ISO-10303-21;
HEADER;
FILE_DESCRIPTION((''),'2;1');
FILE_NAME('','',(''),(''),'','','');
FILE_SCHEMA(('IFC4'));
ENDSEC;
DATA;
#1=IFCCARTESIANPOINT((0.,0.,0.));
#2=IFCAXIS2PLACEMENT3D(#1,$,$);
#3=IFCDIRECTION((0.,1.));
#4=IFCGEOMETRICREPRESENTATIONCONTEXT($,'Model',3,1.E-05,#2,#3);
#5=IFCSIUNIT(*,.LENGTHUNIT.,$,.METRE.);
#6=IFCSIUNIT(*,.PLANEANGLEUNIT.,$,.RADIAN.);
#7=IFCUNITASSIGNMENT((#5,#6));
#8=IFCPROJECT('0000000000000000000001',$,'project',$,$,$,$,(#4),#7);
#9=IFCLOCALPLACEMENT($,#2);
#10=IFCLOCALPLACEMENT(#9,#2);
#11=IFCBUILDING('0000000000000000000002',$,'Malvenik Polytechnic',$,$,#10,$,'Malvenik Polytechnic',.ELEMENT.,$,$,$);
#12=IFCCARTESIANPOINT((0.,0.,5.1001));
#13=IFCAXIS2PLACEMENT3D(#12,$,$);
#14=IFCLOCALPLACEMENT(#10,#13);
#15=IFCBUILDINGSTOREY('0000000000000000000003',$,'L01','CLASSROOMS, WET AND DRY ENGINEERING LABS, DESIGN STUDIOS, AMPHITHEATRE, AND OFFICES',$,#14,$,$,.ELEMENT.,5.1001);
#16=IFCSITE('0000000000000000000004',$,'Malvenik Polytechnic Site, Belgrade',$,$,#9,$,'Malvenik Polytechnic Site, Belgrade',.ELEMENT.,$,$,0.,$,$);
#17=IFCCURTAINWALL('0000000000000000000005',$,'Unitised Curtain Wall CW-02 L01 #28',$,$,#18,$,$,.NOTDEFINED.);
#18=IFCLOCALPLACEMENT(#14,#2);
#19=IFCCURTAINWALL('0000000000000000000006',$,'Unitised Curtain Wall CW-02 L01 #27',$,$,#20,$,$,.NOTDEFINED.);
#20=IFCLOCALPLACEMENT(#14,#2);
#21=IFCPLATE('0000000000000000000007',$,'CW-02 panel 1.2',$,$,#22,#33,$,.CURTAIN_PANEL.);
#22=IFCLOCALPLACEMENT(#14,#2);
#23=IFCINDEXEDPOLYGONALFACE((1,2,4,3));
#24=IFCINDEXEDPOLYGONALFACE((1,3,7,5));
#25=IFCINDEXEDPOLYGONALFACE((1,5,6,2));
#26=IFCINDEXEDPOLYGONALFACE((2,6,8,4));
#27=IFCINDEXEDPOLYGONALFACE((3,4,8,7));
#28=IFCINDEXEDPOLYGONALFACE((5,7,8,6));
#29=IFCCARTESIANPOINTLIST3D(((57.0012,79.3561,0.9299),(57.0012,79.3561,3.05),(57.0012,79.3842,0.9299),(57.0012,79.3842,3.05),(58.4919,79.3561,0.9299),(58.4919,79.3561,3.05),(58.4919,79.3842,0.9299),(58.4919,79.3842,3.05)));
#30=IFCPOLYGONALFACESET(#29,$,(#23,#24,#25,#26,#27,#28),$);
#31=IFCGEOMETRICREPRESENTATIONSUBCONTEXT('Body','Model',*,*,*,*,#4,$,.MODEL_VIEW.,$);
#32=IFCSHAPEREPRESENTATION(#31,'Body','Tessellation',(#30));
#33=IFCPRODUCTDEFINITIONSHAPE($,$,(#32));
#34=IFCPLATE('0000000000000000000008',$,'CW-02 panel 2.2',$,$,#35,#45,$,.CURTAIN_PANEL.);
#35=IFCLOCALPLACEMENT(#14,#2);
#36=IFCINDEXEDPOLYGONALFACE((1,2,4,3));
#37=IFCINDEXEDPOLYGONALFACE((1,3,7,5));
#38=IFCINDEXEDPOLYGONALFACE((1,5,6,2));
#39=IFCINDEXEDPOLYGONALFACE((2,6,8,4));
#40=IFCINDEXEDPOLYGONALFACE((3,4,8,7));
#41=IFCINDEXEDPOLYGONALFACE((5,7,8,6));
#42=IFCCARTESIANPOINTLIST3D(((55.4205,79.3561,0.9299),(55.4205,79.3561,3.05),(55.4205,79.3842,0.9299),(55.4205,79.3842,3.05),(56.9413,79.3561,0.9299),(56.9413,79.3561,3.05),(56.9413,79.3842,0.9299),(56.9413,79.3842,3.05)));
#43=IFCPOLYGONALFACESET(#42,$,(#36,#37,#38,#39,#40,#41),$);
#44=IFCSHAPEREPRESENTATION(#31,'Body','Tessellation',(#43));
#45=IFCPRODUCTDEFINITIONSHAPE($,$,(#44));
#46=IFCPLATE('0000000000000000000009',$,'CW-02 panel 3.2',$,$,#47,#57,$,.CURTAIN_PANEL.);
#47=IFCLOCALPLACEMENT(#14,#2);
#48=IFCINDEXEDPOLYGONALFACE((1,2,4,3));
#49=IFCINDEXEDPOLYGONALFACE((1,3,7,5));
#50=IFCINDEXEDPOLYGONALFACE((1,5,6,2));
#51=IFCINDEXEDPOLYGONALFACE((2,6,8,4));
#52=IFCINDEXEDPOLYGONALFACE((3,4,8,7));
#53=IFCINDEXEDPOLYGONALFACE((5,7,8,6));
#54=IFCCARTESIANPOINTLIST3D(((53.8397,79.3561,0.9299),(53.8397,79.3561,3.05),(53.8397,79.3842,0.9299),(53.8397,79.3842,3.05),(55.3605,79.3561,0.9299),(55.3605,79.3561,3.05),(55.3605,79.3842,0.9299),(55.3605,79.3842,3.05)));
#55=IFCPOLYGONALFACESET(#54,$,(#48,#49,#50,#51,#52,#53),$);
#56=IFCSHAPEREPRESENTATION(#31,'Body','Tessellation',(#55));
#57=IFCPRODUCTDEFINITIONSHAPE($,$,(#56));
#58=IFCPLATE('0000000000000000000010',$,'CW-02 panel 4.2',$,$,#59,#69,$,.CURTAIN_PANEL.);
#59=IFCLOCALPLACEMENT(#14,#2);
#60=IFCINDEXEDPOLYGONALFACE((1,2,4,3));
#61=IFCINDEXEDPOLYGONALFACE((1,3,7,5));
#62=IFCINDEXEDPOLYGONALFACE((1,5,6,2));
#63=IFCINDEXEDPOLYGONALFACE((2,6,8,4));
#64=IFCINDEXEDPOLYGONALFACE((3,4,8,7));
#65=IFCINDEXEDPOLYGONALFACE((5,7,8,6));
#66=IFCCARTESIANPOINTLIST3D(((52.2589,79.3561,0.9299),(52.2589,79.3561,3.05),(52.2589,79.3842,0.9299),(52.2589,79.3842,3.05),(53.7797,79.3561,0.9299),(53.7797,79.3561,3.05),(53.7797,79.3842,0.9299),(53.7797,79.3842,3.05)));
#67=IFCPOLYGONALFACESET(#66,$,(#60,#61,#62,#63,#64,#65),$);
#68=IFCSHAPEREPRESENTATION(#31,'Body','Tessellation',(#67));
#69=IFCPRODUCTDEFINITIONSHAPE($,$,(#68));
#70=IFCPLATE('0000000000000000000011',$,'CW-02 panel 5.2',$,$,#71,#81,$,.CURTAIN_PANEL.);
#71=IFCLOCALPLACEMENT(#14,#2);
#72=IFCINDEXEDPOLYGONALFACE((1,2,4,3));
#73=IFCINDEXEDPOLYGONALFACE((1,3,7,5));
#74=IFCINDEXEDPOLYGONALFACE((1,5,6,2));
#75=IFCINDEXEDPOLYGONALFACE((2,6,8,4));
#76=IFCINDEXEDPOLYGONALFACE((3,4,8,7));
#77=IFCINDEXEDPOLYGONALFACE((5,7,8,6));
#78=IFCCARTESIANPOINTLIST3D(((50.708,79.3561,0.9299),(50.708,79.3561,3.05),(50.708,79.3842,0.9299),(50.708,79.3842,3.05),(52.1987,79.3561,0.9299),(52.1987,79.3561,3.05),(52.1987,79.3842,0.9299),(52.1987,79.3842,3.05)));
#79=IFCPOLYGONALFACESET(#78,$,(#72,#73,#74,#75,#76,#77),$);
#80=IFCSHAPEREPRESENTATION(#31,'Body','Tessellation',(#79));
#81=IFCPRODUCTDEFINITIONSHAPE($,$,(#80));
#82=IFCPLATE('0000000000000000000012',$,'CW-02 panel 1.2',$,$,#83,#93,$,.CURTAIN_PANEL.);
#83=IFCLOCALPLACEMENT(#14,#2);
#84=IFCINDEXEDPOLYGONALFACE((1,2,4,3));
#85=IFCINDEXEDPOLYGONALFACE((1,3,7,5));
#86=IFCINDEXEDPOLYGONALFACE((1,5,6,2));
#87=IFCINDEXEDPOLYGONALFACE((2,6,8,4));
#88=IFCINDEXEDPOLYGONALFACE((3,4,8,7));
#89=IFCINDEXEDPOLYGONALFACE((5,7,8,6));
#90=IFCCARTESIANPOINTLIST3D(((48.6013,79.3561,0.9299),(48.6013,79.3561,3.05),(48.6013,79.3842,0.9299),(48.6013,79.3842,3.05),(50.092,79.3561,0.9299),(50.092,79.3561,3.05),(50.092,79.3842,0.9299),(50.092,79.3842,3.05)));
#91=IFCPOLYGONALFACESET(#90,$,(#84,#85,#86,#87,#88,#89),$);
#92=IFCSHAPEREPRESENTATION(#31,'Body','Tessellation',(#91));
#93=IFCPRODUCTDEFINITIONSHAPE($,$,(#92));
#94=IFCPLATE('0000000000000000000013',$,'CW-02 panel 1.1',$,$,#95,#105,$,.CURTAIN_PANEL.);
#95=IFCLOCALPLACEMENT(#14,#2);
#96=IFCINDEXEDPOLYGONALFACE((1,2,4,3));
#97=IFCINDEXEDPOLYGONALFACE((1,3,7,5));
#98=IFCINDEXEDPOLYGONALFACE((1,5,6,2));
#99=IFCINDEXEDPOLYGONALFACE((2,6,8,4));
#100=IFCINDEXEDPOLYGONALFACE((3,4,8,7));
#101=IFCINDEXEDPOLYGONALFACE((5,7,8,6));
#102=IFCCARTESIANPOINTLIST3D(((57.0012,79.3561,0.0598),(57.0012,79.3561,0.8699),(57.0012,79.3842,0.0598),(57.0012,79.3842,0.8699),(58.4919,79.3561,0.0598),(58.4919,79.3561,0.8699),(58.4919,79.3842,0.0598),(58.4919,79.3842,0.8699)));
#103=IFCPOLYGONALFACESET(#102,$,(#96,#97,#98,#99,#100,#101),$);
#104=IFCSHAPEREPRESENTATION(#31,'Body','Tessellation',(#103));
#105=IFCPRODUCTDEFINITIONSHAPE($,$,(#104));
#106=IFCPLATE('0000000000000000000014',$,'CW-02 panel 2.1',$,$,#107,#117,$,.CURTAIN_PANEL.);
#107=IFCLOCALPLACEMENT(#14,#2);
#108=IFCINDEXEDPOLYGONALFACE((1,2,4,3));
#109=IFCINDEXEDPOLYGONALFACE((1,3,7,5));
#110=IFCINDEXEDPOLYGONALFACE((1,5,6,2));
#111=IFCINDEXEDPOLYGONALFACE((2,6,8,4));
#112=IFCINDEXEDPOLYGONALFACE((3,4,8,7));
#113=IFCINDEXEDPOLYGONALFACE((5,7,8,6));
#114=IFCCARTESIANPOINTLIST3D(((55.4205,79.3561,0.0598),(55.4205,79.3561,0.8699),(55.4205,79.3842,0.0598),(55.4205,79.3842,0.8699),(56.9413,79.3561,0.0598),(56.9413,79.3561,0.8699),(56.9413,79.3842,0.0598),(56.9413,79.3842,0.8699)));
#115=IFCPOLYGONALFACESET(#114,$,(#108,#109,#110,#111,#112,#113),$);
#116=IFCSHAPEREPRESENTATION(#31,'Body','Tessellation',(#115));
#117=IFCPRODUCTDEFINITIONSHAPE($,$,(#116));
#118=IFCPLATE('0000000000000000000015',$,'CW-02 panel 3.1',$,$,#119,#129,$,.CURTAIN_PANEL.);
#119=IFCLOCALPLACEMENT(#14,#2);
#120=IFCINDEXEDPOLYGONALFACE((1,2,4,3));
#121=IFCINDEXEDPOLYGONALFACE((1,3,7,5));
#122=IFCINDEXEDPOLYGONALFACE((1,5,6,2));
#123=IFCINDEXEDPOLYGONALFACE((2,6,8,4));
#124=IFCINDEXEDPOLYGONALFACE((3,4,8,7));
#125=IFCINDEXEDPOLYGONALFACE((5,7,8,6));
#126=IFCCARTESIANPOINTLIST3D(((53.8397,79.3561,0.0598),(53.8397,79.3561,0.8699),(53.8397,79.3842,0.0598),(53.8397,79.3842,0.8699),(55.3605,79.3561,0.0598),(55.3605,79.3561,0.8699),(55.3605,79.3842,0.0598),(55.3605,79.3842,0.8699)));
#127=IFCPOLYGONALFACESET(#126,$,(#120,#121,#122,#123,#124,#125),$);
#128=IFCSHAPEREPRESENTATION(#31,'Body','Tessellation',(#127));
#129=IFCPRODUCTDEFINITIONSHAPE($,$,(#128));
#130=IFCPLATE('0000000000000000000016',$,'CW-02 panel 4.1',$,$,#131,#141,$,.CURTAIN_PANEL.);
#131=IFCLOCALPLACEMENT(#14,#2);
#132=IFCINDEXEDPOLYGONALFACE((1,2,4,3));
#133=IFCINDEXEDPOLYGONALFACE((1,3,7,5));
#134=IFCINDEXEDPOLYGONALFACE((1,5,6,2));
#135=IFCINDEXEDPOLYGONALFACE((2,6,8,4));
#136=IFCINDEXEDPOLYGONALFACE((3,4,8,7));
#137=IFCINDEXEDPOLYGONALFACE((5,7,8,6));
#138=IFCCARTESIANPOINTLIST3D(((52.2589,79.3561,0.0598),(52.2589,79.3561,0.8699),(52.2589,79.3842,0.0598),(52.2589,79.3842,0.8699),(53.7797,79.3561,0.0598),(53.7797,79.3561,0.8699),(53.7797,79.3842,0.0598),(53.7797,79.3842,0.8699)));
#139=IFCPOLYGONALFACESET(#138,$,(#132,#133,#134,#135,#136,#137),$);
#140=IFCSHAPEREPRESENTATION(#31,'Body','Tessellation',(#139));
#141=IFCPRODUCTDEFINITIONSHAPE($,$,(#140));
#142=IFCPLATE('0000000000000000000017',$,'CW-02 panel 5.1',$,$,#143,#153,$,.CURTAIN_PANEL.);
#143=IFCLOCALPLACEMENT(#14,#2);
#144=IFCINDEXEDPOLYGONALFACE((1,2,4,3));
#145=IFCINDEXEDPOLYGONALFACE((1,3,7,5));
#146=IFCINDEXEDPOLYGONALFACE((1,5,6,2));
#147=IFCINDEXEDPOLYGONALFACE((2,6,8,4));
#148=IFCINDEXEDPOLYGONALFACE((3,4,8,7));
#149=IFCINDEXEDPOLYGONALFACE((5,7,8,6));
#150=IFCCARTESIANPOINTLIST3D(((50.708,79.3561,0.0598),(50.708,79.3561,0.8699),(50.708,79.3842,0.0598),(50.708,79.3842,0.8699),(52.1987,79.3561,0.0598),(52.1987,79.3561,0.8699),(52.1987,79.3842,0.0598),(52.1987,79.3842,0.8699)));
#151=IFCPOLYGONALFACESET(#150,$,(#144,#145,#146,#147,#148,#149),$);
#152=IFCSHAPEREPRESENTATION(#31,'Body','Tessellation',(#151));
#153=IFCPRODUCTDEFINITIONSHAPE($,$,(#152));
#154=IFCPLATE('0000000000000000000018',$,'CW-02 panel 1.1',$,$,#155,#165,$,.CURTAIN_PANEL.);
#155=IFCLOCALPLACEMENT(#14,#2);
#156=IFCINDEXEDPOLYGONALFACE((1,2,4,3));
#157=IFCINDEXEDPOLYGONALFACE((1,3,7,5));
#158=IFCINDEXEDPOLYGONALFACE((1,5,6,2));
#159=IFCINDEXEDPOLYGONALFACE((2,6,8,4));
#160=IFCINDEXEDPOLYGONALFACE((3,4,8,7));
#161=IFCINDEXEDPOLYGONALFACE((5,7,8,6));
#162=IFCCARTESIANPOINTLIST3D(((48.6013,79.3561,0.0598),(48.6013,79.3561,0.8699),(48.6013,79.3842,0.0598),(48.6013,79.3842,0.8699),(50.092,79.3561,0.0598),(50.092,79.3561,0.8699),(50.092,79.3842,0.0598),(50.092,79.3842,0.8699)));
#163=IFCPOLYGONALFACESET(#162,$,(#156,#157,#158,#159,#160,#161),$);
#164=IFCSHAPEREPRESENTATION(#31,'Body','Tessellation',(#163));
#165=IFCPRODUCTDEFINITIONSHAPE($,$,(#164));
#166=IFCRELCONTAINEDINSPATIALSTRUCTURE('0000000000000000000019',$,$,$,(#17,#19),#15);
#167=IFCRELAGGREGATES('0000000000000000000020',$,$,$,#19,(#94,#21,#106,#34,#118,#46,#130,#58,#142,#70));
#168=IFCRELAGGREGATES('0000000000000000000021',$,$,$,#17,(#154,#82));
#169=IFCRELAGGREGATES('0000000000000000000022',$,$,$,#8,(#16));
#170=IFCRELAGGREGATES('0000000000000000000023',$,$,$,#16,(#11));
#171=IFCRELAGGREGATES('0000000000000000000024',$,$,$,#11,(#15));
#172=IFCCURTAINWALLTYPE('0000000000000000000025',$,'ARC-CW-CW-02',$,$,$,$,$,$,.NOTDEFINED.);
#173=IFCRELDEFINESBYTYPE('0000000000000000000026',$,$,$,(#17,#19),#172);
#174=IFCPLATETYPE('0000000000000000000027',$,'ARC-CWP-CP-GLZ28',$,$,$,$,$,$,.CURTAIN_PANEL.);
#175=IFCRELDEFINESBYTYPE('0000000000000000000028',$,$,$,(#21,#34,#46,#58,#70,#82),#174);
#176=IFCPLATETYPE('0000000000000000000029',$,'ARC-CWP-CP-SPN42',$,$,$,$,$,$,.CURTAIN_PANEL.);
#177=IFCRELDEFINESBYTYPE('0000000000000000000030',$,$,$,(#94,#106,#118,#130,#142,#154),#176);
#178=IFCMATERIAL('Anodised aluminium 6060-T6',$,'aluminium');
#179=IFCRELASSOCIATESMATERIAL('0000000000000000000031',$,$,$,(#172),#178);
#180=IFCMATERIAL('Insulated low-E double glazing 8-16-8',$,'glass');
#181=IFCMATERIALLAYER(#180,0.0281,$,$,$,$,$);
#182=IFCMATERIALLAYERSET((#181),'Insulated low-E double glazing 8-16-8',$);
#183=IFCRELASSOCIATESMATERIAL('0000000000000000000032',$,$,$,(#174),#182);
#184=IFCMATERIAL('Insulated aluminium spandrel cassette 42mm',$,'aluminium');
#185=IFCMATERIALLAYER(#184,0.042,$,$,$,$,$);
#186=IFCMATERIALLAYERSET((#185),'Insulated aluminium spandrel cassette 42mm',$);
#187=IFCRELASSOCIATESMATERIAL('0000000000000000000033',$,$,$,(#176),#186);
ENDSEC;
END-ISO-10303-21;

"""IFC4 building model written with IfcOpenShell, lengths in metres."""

from ifc_helpers import new_model, si_unit, direction, frame, origin, origin_2d, place, context, subcontext, project, spatial, rectangle, extrude, material, layer, layer_set, type_object, element, aggregate, save


model = new_model("IFC4")

# Units and contexts
model_context = context("Model", 3, precision=1e-05, world=origin(), true_north=direction((0.0, 1.0)))
body_context = subcontext(model_context, "Body", "Model", "MODEL_VIEW")
ifc_project = project(units=[si_unit("LENGTHUNIT", "METRE"), si_unit("PLANEANGLEUNIT", "RADIAN")], contexts=[model_context])

# Site, building, storey
site_placement = place(None, origin())
site = spatial("IfcSite", under=ifc_project, at=site_placement, Name="Malvenik Polytechnic Site, Belgrade", LongName="Malvenik Polytechnic Site, Belgrade", CompositionType="ELEMENT", RefElevation=0.0)
building_placement = place(site_placement, origin())
building = spatial("IfcBuilding", under=site, at=building_placement, Name="Malvenik Polytechnic", LongName="Malvenik Polytechnic", CompositionType="ELEMENT")
storey_placement = place(building_placement, frame((0.0, 0.0, 5.1001)))
storey = spatial("IfcBuildingStorey", under=building, at=storey_placement, Name="L01", Description="CLASSROOMS, WET AND DRY ENGINEERING LABS, DESIGN STUDIOS, AMPHITHEATRE, AND OFFICES", CompositionType="ELEMENT", Elevation=5.1001)

# Curtain wall
ifc_material_1 = material(Name="Anodised aluminium 6060-T6", Category="aluminium")
curtain_wall_type = type_object("IfcCurtainWallType", Name="ARC-CW-CW-02", PredefinedType="NOTDEFINED", material=ifc_material_1)
curtain_wall_1_placement = place(storey_placement, origin())
curtain_wall_1 = element("IfcCurtainWall", 1, at=curtain_wall_1_placement, inside=storey, type_object=curtain_wall_type, Name="Unitised Curtain Wall CW-02 L01 #28", PredefinedType="NOTDEFINED")

# Curtain wall
curtain_wall_2_placement = place(storey_placement, origin())
curtain_wall_2 = element("IfcCurtainWall", 2, at=curtain_wall_2_placement, inside=storey, type_object=curtain_wall_type, Name="Unitised Curtain Wall CW-02 L01 #27", PredefinedType="NOTDEFINED")

# Plates
ifc_material_2 = material(Name="Insulated low-E double glazing 8-16-8", Category="glass")
ifc_layer_1 = layer(ifc_material_2, 0.0281)
ifc_layer_set_1 = layer_set([ifc_layer_1], Name="Insulated low-E double glazing 8-16-8")
plate_type_1 = type_object("IfcPlateType", Name="ARC-CWP-CP-GLZ28", PredefinedType="CURTAIN_PANEL", material=ifc_layer_set_1)
plate_1_placement = place(storey_placement, frame((57.7466, 79.3701, 0.9299), z_axis=(0.0, 0.0, 1.0), x_axis=(-1.0, 0.0, 0.0)))
plate_1 = element("IfcPlate", 3, at=plate_1_placement, type_object=plate_type_1, Name="CW-02 panel 1.2", PredefinedType="CURTAIN_PANEL", context=body_context, shape_type="SweptSolid", body=[
    extrude(rectangle(XDim=1.4907, YDim=0.0281, at=origin_2d()), origin(), (0.0, 0.0, 1.0), 2.1201),
])
plate_2_placement = place(storey_placement, frame((56.1809, 79.3701, 0.9299), z_axis=(0.0, 0.0, 1.0), x_axis=(-1.0, 0.0, 0.0)))
plate_2 = element("IfcPlate", 4, at=plate_2_placement, type_object=plate_type_1, Name="CW-02 panel 2.2", PredefinedType="CURTAIN_PANEL", context=body_context, shape_type="SweptSolid", body=[
    extrude(rectangle(XDim=1.5208, YDim=0.0281, at=origin_2d()), origin(), (0.0, 0.0, 1.0), 2.1201),
])
plate_3_placement = place(storey_placement, frame((54.6001, 79.3701, 0.9299), z_axis=(0.0, 0.0, 1.0), x_axis=(-1.0, 0.0, 0.0)))
plate_3 = element("IfcPlate", 5, at=plate_3_placement, type_object=plate_type_1, Name="CW-02 panel 3.2", PredefinedType="CURTAIN_PANEL", context=body_context, shape_type="SweptSolid", body=[
    extrude(rectangle(XDim=1.5208, YDim=0.0281, at=origin_2d()), origin(), (0.0, 0.0, 1.0), 2.1201),
])
plate_4_placement = place(storey_placement, frame((53.0193, 79.3701, 0.9299), z_axis=(0.0, 0.0, 1.0), x_axis=(-1.0, 0.0, 0.0)))
plate_4 = element("IfcPlate", 6, at=plate_4_placement, type_object=plate_type_1, Name="CW-02 panel 4.2", PredefinedType="CURTAIN_PANEL", context=body_context, shape_type="SweptSolid", body=[
    extrude(rectangle(XDim=1.5208, YDim=0.0281, at=origin_2d()), origin(), (0.0, 0.0, 1.0), 2.1201),
])
plate_5_placement = place(storey_placement, frame((51.4534, 79.3701, 0.9299), z_axis=(0.0, 0.0, 1.0), x_axis=(-1.0, 0.0, 0.0)))
plate_5 = element("IfcPlate", 7, at=plate_5_placement, type_object=plate_type_1, Name="CW-02 panel 5.2", PredefinedType="CURTAIN_PANEL", context=body_context, shape_type="SweptSolid", body=[
    extrude(rectangle(XDim=1.4907, YDim=0.0281, at=origin_2d()), origin(), (0.0, 0.0, 1.0), 2.1201),
])
plate_6_placement = place(storey_placement, frame((49.3467, 79.3701, 0.9299), z_axis=(0.0, 0.0, 1.0), x_axis=(-1.0, 0.0, 0.0)))
plate_6 = element("IfcPlate", 8, at=plate_6_placement, type_object=plate_type_1, Name="CW-02 panel 1.2", PredefinedType="CURTAIN_PANEL", context=body_context, shape_type="SweptSolid", body=[
    extrude(rectangle(XDim=1.4907, YDim=0.0281, at=origin_2d()), origin(), (0.0, 0.0, 1.0), 2.1201),
])
ifc_material_3 = material(Name="Insulated aluminium spandrel cassette 42mm", Category="aluminium")
ifc_layer_2 = layer(ifc_material_3, 0.042)
ifc_layer_set_2 = layer_set([ifc_layer_2], Name="Insulated aluminium spandrel cassette 42mm")
plate_type_2 = type_object("IfcPlateType", Name="ARC-CWP-CP-SPN42", PredefinedType="CURTAIN_PANEL", material=ifc_layer_set_2)
plate_7_placement = place(storey_placement, frame((57.7466, 79.3701, 0.0598), z_axis=(0.0, 0.0, 1.0), x_axis=(-1.0, 0.0, 0.0)))
plate_7 = element("IfcPlate", 9, at=plate_7_placement, type_object=plate_type_2, Name="CW-02 panel 1.1", PredefinedType="CURTAIN_PANEL", context=body_context, shape_type="SweptSolid", body=[
    extrude(rectangle(XDim=1.4907, YDim=0.0281, at=origin_2d()), origin(), (0.0, 0.0, 1.0), 0.8101),
])
plate_8_placement = place(storey_placement, frame((56.1809, 79.3701, 0.0598), z_axis=(0.0, 0.0, 1.0), x_axis=(-1.0, 0.0, 0.0)))
plate_8 = element("IfcPlate", 10, at=plate_8_placement, type_object=plate_type_2, Name="CW-02 panel 2.1", PredefinedType="CURTAIN_PANEL", context=body_context, shape_type="SweptSolid", body=[
    extrude(rectangle(XDim=1.5208, YDim=0.0281, at=origin_2d()), origin(), (0.0, 0.0, 1.0), 0.8101),
])
plate_9_placement = place(storey_placement, frame((54.6001, 79.3701, 0.0598), z_axis=(0.0, 0.0, 1.0), x_axis=(-1.0, 0.0, 0.0)))
plate_9 = element("IfcPlate", 11, at=plate_9_placement, type_object=plate_type_2, Name="CW-02 panel 3.1", PredefinedType="CURTAIN_PANEL", context=body_context, shape_type="SweptSolid", body=[
    extrude(rectangle(XDim=1.5208, YDim=0.0281, at=origin_2d()), origin(), (0.0, 0.0, 1.0), 0.8101),
])
plate_10_placement = place(storey_placement, frame((53.0193, 79.3701, 0.0598), z_axis=(0.0, 0.0, 1.0), x_axis=(-1.0, 0.0, 0.0)))
plate_10 = element("IfcPlate", 12, at=plate_10_placement, type_object=plate_type_2, Name="CW-02 panel 4.1", PredefinedType="CURTAIN_PANEL", context=body_context, shape_type="SweptSolid", body=[
    extrude(rectangle(XDim=1.5208, YDim=0.0281, at=origin_2d()), origin(), (0.0, 0.0, 1.0), 0.8101),
])
plate_11_placement = place(storey_placement, frame((51.4534, 79.3701, 0.0598), z_axis=(0.0, 0.0, 1.0), x_axis=(-1.0, 0.0, 0.0)))
plate_11 = element("IfcPlate", 13, at=plate_11_placement, type_object=plate_type_2, Name="CW-02 panel 5.1", PredefinedType="CURTAIN_PANEL", context=body_context, shape_type="SweptSolid", body=[
    extrude(rectangle(XDim=1.4907, YDim=0.0281, at=origin_2d()), origin(), (0.0, 0.0, 1.0), 0.8101),
])
aggregate(curtain_wall_2, [plate_7, plate_1, plate_8, plate_2, plate_9, plate_3, plate_10, plate_4, plate_11, plate_5])
plate_12_placement = place(storey_placement, frame((49.3467, 79.3701, 0.0598), z_axis=(0.0, 0.0, 1.0), x_axis=(-1.0, 0.0, 0.0)))
plate_12 = element("IfcPlate", 14, at=plate_12_placement, type_object=plate_type_2, Name="CW-02 panel 1.1", PredefinedType="CURTAIN_PANEL", context=body_context, shape_type="SweptSolid", body=[
    extrude(rectangle(XDim=1.4907, YDim=0.0281, at=origin_2d()), origin(), (0.0, 0.0, 1.0), 0.8101),
])
aggregate(curtain_wall_1, [plate_12, plate_6])

save(model, "model.ifc")
